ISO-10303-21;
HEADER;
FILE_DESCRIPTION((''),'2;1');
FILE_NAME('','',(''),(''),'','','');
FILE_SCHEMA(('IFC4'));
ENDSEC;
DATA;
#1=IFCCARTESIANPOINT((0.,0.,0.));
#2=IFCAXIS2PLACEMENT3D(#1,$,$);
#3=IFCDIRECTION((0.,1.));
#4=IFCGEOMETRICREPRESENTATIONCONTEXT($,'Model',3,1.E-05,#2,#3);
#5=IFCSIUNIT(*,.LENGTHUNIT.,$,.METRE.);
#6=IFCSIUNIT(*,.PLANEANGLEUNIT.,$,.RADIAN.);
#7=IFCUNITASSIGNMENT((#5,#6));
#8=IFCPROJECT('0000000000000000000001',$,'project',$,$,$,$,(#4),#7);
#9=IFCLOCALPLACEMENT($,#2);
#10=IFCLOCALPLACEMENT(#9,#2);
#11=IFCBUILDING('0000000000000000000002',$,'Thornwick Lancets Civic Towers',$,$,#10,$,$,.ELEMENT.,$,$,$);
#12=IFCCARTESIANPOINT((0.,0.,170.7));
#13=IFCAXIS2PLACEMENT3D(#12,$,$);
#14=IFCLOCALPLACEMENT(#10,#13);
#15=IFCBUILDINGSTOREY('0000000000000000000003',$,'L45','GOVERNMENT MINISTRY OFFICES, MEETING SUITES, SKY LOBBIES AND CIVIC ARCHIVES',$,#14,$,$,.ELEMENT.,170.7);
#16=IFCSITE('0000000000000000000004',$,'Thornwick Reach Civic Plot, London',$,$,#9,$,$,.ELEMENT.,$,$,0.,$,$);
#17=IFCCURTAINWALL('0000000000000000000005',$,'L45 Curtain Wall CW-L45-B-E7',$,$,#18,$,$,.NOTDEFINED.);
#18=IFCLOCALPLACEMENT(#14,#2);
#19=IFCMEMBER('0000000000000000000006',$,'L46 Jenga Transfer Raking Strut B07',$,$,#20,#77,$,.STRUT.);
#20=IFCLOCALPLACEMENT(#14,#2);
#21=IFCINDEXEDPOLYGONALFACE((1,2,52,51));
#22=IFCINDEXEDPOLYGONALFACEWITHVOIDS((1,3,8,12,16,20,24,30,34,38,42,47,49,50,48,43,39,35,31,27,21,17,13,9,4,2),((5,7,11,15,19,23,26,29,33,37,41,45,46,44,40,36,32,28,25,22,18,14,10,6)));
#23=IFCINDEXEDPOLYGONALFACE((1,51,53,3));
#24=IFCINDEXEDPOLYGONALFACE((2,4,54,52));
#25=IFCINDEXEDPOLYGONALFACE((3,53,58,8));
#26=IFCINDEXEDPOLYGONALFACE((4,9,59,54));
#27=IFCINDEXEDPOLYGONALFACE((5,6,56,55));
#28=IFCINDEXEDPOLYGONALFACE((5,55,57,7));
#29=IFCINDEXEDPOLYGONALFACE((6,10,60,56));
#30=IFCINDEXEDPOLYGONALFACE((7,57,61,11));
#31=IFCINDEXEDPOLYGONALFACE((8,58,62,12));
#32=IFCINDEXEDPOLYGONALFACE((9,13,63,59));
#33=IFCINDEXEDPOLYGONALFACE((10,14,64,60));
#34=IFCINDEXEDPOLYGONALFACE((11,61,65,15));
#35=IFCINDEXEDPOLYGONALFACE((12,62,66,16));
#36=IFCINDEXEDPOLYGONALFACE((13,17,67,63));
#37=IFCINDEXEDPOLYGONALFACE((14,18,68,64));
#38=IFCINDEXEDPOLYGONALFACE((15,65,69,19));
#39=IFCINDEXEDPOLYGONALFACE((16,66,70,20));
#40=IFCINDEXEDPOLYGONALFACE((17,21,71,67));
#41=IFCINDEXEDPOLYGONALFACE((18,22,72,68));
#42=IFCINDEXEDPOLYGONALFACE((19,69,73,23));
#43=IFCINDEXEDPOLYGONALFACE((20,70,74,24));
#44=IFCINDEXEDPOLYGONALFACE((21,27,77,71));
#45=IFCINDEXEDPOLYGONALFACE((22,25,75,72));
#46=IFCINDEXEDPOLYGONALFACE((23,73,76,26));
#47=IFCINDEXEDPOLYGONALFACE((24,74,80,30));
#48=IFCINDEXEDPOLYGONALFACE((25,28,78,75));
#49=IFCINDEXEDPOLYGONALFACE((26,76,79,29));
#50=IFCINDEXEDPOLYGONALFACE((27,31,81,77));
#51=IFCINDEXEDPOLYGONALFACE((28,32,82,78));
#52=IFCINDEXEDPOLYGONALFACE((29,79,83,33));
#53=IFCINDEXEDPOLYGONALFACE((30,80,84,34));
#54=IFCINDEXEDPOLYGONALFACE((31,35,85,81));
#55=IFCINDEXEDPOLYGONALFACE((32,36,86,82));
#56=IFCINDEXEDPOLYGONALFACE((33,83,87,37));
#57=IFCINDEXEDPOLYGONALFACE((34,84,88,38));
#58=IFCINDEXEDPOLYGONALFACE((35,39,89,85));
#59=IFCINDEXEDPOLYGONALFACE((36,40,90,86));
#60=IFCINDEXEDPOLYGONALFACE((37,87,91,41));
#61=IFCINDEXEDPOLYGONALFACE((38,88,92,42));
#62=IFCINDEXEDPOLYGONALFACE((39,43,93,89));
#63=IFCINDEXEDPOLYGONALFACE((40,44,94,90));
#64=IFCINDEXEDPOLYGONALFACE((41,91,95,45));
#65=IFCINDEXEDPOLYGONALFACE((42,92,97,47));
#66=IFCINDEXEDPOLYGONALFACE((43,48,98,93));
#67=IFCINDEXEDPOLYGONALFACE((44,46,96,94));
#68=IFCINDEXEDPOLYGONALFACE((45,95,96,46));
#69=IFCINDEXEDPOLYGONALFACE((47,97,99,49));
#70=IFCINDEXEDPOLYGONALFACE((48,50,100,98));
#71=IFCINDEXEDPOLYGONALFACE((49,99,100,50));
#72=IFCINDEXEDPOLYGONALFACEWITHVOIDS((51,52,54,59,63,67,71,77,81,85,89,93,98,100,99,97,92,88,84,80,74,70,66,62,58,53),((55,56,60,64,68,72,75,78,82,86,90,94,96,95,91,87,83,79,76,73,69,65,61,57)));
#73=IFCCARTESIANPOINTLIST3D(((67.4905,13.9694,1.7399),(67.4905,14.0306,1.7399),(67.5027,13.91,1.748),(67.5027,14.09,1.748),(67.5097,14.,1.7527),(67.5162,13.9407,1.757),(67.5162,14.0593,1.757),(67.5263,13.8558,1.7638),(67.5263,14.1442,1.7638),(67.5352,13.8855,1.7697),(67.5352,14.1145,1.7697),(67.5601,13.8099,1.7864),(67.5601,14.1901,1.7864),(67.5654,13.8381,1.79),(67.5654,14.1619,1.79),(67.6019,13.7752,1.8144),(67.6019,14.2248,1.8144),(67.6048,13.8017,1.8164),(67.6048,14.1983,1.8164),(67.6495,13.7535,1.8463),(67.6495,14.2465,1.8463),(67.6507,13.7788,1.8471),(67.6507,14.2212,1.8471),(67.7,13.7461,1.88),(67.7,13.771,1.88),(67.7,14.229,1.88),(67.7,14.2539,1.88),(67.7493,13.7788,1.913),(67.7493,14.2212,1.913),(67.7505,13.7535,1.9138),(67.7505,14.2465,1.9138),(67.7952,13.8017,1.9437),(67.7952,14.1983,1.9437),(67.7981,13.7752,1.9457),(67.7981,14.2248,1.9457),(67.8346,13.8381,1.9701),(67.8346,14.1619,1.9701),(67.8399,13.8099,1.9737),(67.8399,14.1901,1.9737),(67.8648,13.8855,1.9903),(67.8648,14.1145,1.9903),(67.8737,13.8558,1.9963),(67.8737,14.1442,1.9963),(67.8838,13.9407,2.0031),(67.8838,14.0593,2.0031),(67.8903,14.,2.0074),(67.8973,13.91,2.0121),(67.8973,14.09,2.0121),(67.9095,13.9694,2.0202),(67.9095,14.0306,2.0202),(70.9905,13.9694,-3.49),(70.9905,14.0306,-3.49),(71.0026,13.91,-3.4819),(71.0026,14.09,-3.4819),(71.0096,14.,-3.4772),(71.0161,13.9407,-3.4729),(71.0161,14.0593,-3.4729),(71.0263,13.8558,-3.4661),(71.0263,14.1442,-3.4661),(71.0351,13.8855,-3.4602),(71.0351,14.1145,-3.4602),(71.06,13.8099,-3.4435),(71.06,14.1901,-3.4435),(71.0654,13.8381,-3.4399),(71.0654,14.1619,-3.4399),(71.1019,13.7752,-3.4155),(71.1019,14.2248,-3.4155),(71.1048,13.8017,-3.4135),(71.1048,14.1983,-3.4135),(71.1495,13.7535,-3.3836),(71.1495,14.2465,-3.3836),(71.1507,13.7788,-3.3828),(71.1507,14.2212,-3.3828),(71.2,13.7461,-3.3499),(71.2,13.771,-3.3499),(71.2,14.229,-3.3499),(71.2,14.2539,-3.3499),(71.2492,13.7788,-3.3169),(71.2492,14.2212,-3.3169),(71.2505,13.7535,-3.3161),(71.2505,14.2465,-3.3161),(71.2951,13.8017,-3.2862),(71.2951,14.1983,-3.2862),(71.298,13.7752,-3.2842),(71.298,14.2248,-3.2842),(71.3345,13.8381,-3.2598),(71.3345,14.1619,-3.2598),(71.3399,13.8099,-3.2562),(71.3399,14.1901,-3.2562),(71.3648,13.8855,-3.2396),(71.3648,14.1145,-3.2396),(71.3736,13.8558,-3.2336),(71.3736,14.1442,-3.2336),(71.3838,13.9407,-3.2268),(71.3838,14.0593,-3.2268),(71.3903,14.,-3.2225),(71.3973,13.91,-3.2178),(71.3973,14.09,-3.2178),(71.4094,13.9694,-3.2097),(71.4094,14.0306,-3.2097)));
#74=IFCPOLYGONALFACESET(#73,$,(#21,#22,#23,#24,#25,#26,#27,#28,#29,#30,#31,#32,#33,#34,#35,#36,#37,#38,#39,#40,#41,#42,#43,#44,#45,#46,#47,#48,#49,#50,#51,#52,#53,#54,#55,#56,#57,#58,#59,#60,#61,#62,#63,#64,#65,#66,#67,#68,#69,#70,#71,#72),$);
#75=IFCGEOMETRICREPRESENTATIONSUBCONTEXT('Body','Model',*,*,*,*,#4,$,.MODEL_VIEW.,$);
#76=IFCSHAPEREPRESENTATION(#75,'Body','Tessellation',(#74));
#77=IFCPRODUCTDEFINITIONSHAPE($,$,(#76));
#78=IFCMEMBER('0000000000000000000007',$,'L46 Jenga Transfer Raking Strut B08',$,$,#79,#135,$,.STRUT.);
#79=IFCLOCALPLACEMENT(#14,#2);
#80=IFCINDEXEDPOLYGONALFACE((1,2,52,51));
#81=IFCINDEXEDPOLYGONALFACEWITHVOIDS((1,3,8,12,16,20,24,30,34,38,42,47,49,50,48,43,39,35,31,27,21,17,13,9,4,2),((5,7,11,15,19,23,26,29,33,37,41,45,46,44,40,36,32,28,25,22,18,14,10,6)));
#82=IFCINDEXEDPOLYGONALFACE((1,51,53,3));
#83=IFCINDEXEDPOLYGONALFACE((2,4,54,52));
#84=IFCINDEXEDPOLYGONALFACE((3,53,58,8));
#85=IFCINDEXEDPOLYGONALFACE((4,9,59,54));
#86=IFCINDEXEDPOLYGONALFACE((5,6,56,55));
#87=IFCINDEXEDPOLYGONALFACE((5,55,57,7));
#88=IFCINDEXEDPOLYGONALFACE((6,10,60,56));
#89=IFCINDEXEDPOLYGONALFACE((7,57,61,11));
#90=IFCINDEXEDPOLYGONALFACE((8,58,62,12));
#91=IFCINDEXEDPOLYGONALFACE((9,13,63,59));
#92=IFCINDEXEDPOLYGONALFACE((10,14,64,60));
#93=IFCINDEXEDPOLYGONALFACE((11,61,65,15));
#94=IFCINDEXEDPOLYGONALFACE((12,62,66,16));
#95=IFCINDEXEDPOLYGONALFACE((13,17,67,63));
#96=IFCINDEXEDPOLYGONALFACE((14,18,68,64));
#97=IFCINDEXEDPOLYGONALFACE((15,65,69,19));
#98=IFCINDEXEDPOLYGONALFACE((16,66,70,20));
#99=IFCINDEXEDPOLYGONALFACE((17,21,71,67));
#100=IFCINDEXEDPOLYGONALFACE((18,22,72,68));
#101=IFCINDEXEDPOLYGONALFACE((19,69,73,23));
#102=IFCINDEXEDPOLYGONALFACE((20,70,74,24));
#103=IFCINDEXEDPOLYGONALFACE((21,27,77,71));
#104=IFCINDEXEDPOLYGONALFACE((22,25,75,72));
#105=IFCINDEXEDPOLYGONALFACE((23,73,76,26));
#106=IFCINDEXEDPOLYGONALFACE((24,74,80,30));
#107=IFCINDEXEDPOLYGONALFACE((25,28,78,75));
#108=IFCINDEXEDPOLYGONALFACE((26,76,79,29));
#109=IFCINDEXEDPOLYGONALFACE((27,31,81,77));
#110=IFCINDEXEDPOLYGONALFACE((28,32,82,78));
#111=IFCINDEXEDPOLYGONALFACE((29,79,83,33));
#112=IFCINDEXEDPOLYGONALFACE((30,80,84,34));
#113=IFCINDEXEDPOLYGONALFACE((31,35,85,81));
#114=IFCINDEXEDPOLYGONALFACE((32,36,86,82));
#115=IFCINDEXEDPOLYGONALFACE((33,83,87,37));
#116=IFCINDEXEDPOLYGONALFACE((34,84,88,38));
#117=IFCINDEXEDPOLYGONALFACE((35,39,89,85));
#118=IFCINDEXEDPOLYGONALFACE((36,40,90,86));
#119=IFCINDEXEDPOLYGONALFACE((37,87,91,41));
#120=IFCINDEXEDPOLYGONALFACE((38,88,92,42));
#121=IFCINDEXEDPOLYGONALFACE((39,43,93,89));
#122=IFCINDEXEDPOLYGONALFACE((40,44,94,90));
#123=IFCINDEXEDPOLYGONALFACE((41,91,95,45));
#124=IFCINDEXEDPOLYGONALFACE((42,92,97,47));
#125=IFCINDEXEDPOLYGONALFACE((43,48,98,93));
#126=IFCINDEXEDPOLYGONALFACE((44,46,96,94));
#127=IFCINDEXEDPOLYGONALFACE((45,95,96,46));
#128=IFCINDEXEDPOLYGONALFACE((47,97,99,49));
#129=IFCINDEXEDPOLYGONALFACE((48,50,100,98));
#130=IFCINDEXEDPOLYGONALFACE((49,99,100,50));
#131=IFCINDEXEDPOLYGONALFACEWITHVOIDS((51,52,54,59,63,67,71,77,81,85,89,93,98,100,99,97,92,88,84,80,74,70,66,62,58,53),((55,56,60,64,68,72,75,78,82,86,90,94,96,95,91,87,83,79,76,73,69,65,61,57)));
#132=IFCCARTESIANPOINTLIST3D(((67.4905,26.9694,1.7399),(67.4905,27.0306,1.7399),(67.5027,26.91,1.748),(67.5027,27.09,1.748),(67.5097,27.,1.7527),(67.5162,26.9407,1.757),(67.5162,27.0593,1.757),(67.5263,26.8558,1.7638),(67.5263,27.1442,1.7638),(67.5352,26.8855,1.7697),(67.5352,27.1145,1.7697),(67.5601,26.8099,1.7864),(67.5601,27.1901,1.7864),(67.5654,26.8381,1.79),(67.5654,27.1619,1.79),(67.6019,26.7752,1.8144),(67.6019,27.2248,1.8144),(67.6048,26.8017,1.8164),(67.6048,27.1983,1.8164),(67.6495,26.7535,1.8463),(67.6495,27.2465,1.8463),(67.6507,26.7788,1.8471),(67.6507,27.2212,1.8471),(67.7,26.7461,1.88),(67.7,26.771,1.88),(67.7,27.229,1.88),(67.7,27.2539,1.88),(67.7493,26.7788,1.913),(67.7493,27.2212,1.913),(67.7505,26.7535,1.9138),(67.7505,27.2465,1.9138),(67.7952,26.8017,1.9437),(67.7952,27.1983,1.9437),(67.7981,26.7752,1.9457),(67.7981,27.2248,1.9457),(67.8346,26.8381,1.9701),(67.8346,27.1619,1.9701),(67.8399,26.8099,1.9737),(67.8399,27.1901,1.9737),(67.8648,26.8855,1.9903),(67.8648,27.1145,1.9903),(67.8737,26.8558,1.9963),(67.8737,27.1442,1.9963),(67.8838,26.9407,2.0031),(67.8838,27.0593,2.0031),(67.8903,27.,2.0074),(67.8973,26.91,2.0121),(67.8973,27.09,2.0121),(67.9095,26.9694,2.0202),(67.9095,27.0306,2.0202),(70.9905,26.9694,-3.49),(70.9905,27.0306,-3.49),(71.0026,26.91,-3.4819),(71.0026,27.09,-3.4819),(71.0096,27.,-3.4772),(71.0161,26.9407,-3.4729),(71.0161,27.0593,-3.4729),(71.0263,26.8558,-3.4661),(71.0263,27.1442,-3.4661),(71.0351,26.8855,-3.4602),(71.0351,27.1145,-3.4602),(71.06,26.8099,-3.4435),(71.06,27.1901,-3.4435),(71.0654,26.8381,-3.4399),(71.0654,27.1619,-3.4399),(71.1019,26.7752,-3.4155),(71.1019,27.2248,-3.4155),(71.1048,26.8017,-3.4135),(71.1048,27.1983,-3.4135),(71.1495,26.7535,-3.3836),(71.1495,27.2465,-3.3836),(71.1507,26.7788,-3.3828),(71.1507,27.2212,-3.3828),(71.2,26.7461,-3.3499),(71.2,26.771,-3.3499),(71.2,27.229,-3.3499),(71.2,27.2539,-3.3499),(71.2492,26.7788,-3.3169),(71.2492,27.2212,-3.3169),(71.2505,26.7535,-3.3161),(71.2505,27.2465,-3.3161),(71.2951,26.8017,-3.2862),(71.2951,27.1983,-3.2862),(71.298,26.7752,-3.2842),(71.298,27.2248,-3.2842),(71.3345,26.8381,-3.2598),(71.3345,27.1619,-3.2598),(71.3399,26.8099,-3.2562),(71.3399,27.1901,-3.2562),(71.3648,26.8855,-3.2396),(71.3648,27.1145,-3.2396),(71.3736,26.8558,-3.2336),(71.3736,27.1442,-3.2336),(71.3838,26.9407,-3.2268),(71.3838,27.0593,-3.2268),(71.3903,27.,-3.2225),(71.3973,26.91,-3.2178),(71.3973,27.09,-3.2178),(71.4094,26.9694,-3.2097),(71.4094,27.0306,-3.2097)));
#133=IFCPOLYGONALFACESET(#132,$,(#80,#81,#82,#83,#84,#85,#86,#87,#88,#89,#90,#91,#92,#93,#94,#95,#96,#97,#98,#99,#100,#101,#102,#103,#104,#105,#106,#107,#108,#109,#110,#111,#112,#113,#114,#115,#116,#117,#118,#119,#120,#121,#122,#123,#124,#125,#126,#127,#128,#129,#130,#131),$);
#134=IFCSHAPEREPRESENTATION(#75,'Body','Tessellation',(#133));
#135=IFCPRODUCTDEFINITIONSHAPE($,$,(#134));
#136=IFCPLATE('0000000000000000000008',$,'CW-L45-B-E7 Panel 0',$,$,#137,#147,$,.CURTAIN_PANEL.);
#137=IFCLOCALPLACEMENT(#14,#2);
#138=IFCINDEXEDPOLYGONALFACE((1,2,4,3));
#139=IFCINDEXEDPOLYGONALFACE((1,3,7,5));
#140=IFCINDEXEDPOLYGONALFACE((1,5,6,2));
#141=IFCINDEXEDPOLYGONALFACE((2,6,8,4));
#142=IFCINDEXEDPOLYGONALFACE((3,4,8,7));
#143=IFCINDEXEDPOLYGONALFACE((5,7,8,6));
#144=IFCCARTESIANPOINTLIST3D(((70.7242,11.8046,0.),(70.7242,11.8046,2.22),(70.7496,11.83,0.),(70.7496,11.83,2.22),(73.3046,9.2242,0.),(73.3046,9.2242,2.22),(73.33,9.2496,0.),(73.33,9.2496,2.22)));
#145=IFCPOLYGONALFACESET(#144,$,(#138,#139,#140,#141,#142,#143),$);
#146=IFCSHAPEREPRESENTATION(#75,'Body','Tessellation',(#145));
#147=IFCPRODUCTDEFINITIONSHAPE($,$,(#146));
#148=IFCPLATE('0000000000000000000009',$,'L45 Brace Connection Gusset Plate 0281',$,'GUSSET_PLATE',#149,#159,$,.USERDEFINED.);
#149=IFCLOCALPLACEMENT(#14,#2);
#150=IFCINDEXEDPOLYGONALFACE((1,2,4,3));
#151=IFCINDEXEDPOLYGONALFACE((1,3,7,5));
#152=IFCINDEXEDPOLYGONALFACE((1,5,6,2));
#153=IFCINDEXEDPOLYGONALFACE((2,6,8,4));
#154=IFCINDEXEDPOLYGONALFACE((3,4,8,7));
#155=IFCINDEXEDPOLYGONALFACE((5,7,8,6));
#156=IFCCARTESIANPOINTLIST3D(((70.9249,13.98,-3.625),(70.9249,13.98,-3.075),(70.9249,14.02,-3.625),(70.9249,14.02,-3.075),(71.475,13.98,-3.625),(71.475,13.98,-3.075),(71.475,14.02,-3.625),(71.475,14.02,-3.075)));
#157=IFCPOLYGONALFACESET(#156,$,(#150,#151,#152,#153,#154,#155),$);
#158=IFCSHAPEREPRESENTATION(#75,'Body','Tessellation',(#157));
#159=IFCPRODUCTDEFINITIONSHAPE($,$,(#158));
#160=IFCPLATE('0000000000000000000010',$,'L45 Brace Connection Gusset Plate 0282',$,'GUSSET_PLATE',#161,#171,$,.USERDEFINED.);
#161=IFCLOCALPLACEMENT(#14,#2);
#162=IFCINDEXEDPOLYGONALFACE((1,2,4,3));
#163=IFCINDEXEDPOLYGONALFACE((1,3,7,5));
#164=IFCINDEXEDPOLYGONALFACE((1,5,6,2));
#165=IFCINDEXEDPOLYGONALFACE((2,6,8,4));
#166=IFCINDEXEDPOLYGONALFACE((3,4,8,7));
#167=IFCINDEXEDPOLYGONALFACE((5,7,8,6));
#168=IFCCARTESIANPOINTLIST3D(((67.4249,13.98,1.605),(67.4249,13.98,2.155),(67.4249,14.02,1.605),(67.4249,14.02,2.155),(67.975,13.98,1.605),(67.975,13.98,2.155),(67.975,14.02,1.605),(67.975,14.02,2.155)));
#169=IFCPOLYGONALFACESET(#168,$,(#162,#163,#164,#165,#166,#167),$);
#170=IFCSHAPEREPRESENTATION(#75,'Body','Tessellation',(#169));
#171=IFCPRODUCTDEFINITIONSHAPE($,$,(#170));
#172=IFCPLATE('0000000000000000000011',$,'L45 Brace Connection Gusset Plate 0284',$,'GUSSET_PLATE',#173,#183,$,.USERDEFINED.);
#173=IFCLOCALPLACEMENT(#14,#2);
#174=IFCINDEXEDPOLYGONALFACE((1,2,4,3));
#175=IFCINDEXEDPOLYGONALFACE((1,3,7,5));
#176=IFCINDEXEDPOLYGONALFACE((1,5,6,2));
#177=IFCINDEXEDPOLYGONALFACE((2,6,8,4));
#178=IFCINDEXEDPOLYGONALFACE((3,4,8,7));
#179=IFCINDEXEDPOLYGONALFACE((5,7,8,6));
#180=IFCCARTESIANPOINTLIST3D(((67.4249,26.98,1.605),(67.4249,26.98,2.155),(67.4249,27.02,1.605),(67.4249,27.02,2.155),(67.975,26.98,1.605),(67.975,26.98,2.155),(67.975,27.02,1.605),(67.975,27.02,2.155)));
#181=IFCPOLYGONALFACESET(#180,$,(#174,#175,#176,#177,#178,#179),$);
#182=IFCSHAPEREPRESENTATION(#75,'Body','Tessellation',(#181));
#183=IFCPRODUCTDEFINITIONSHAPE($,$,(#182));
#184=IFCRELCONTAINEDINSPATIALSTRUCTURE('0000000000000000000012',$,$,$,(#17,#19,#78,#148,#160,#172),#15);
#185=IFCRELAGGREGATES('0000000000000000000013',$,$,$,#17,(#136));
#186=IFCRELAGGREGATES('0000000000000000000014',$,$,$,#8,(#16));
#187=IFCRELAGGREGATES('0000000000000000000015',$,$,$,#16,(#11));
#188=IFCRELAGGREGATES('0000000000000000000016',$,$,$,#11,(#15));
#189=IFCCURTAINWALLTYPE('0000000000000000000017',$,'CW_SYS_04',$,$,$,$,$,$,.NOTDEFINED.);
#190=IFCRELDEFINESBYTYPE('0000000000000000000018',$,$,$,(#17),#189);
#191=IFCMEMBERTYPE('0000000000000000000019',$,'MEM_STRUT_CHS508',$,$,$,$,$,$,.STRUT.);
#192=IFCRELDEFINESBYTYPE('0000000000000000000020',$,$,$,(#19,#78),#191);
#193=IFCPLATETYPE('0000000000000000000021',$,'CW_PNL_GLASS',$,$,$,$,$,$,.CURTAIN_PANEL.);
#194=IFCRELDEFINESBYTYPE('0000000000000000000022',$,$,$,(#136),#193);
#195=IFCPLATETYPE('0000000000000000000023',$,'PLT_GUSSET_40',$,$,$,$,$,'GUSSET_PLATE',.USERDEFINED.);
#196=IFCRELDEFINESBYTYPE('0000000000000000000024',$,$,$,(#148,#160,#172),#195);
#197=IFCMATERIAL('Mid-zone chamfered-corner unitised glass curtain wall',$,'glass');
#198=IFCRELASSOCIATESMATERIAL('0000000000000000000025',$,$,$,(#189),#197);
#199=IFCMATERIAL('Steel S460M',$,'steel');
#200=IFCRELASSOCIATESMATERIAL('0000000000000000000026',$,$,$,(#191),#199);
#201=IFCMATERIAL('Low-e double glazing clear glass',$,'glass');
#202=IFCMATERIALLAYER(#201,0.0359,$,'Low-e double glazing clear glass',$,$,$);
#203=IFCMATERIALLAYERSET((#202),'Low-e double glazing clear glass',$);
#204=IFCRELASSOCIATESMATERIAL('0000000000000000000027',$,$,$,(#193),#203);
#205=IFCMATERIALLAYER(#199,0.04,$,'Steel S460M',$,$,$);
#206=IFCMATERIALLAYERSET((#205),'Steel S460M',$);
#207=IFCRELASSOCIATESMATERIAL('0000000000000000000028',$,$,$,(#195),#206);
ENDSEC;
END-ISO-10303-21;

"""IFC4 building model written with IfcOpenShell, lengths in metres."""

from ifc_helpers import new_model, si_unit, direction, frame, origin, origin_2d, place, context, subcontext, project, spatial, rectangle, hollow_circle, extrude, material, layer, layer_set, material_profile, profile_set, type_object, element, aggregate, save


model = new_model("IFC4")

# Units and contexts
model_context = context("Model", 3, precision=1e-05, world=origin(), true_north=direction((0.0, 1.0)))
body_context = subcontext(model_context, "Body", "Model", "MODEL_VIEW")
ifc_project = project(units=[si_unit("LENGTHUNIT", "METRE"), si_unit("PLANEANGLEUNIT", "RADIAN")], contexts=[model_context])

# Site, building, storey
site_placement = place(None, origin())
site = spatial("IfcSite", under=ifc_project, at=site_placement, Name="Thornwick Reach Civic Plot, London", CompositionType="ELEMENT", RefElevation=0.0)
building_placement = place(site_placement, origin())
building = spatial("IfcBuilding", under=site, at=building_placement, Name="Thornwick Lancets Civic Towers", CompositionType="ELEMENT")
storey_placement = place(building_placement, frame((0.0, 0.0, 170.7)))
storey = spatial("IfcBuildingStorey", under=building, at=storey_placement, Name="L45", Description="GOVERNMENT MINISTRY OFFICES, MEETING SUITES, SKY LOBBIES AND CIVIC ARCHIVES", CompositionType="ELEMENT", Elevation=170.7)

# Curtain wall
ifc_material_1 = material(Name="Mid-zone chamfered-corner unitised glass curtain wall", Category="glass")
curtain_wall_type = type_object("IfcCurtainWallType", Name="CW_SYS_04", PredefinedType="NOTDEFINED", material=ifc_material_1)
curtain_wall_placement = place(storey_placement, origin())
curtain_wall = element("IfcCurtainWall", 1, at=curtain_wall_placement, inside=storey, type_object=curtain_wall_type, Name="L45 Curtain Wall CW-L45-B-E7", PredefinedType="NOTDEFINED")

# Members
ifc_material_2 = material(Name="Steel S460M", Category="steel")
ifc_material_profile_1 = material_profile(ifc_material_2, hollow_circle(Radius=0.2539, WallThickness=0.0249, at=origin_2d()), Name="CHS 508x25")
ifc_profile_set_1 = profile_set([ifc_material_profile_1], Name="Steel S460M")
member_type_1 = type_object("IfcMemberType", Name="MEM_STRUT_CHS508", PredefinedType="STRUT", material=ifc_profile_set_1)
for number, where, z_axis, x_axis, name in (
    (2, (71.2, 14.0, -3.3499), (-0.556168, 0.0, 0.83107), (0.0, -1.0, 0.0), "L46 Jenga Transfer Raking Strut B07"),
    (3, (71.2, 27.0, -3.3499), (-0.556168, 0.0, 0.83107), (0.0, -1.0, 0.0), "L46 Jenga Transfer Raking Strut B08"),
):
    element("IfcMember", number, at=place(storey_placement, frame(where, z_axis=z_axis, x_axis=x_axis)), inside=storey, type_object=member_type_1, Name=name, PredefinedType="STRUT", context=body_context, shape_type="SweptSolid", body=[
        extrude(hollow_circle(Radius=0.2539, WallThickness=0.0249, at=origin_2d()), origin(), (0.0, 0.0, 1.0), 6.293),
    ])

# Plate
ifc_material_3 = material(Name="Low-e double glazing clear glass", Category="glass")
ifc_layer_1 = layer(ifc_material_3, 0.0359, Name="Low-e double glazing clear glass")
ifc_layer_set_1 = layer_set([ifc_layer_1], Name="Low-e double glazing clear glass")
plate_type_1 = type_object("IfcPlateType", Name="CW_PNL_GLASS", PredefinedType="CURTAIN_PANEL", material=ifc_layer_set_1)
plate_placement = place(storey_placement, frame((72.0271, 10.5271, 0.0), z_axis=(0.0, 0.0, 1.0), x_axis=(0.707107, -0.707107, 0.0)))
plate = element("IfcPlate", 4, at=plate_placement, type_object=plate_type_1, Name="CW-L45-B-E7 Panel 0", PredefinedType="CURTAIN_PANEL", context=body_context, shape_type="SweptSolid", body=[
    extrude(rectangle(XDim=3.6492, YDim=0.0359, at=origin_2d()), origin(), (0.0, 0.0, 1.0), 2.22),
])
aggregate(curtain_wall, [plate])

# Plates
ifc_layer_2 = layer(ifc_material_2, 0.04, Name="Steel S460M")
ifc_layer_set_2 = layer_set([ifc_layer_2], Name="Steel S460M")
plate_type_2 = type_object("IfcPlateType", Name="PLT_GUSSET_40", ElementType="GUSSET_PLATE", PredefinedType="USERDEFINED", material=ifc_layer_set_2)
for number, where, z_axis, x_axis, name in (
    (5, (71.2, 14.0, -3.625), (0.0, 0.0, 1.0), (-1.0, 0.0, 0.0), "L45 Brace Connection Gusset Plate 0281"),
    (6, (67.7, 14.0, 1.605), (0.0, 0.0, 1.0), (-1.0, 0.0, 0.0), "L45 Brace Connection Gusset Plate 0282"),
    (7, (67.7, 27.0, 1.605), (0.0, 0.0, 1.0), (-1.0, 0.0, 0.0), "L45 Brace Connection Gusset Plate 0284"),
):
    element("IfcPlate", number, at=place(storey_placement, frame(where, z_axis=z_axis, x_axis=x_axis)), inside=storey, type_object=plate_type_2, Name=name, ObjectType="GUSSET_PLATE", PredefinedType="USERDEFINED", context=body_context, shape_type="SweptSolid", body=[
        extrude(rectangle(XDim=0.55, YDim=0.04, at=origin_2d()), origin(), (0.0, 0.0, 1.0), 0.55),
    ])

save(model, "model.ifc")
